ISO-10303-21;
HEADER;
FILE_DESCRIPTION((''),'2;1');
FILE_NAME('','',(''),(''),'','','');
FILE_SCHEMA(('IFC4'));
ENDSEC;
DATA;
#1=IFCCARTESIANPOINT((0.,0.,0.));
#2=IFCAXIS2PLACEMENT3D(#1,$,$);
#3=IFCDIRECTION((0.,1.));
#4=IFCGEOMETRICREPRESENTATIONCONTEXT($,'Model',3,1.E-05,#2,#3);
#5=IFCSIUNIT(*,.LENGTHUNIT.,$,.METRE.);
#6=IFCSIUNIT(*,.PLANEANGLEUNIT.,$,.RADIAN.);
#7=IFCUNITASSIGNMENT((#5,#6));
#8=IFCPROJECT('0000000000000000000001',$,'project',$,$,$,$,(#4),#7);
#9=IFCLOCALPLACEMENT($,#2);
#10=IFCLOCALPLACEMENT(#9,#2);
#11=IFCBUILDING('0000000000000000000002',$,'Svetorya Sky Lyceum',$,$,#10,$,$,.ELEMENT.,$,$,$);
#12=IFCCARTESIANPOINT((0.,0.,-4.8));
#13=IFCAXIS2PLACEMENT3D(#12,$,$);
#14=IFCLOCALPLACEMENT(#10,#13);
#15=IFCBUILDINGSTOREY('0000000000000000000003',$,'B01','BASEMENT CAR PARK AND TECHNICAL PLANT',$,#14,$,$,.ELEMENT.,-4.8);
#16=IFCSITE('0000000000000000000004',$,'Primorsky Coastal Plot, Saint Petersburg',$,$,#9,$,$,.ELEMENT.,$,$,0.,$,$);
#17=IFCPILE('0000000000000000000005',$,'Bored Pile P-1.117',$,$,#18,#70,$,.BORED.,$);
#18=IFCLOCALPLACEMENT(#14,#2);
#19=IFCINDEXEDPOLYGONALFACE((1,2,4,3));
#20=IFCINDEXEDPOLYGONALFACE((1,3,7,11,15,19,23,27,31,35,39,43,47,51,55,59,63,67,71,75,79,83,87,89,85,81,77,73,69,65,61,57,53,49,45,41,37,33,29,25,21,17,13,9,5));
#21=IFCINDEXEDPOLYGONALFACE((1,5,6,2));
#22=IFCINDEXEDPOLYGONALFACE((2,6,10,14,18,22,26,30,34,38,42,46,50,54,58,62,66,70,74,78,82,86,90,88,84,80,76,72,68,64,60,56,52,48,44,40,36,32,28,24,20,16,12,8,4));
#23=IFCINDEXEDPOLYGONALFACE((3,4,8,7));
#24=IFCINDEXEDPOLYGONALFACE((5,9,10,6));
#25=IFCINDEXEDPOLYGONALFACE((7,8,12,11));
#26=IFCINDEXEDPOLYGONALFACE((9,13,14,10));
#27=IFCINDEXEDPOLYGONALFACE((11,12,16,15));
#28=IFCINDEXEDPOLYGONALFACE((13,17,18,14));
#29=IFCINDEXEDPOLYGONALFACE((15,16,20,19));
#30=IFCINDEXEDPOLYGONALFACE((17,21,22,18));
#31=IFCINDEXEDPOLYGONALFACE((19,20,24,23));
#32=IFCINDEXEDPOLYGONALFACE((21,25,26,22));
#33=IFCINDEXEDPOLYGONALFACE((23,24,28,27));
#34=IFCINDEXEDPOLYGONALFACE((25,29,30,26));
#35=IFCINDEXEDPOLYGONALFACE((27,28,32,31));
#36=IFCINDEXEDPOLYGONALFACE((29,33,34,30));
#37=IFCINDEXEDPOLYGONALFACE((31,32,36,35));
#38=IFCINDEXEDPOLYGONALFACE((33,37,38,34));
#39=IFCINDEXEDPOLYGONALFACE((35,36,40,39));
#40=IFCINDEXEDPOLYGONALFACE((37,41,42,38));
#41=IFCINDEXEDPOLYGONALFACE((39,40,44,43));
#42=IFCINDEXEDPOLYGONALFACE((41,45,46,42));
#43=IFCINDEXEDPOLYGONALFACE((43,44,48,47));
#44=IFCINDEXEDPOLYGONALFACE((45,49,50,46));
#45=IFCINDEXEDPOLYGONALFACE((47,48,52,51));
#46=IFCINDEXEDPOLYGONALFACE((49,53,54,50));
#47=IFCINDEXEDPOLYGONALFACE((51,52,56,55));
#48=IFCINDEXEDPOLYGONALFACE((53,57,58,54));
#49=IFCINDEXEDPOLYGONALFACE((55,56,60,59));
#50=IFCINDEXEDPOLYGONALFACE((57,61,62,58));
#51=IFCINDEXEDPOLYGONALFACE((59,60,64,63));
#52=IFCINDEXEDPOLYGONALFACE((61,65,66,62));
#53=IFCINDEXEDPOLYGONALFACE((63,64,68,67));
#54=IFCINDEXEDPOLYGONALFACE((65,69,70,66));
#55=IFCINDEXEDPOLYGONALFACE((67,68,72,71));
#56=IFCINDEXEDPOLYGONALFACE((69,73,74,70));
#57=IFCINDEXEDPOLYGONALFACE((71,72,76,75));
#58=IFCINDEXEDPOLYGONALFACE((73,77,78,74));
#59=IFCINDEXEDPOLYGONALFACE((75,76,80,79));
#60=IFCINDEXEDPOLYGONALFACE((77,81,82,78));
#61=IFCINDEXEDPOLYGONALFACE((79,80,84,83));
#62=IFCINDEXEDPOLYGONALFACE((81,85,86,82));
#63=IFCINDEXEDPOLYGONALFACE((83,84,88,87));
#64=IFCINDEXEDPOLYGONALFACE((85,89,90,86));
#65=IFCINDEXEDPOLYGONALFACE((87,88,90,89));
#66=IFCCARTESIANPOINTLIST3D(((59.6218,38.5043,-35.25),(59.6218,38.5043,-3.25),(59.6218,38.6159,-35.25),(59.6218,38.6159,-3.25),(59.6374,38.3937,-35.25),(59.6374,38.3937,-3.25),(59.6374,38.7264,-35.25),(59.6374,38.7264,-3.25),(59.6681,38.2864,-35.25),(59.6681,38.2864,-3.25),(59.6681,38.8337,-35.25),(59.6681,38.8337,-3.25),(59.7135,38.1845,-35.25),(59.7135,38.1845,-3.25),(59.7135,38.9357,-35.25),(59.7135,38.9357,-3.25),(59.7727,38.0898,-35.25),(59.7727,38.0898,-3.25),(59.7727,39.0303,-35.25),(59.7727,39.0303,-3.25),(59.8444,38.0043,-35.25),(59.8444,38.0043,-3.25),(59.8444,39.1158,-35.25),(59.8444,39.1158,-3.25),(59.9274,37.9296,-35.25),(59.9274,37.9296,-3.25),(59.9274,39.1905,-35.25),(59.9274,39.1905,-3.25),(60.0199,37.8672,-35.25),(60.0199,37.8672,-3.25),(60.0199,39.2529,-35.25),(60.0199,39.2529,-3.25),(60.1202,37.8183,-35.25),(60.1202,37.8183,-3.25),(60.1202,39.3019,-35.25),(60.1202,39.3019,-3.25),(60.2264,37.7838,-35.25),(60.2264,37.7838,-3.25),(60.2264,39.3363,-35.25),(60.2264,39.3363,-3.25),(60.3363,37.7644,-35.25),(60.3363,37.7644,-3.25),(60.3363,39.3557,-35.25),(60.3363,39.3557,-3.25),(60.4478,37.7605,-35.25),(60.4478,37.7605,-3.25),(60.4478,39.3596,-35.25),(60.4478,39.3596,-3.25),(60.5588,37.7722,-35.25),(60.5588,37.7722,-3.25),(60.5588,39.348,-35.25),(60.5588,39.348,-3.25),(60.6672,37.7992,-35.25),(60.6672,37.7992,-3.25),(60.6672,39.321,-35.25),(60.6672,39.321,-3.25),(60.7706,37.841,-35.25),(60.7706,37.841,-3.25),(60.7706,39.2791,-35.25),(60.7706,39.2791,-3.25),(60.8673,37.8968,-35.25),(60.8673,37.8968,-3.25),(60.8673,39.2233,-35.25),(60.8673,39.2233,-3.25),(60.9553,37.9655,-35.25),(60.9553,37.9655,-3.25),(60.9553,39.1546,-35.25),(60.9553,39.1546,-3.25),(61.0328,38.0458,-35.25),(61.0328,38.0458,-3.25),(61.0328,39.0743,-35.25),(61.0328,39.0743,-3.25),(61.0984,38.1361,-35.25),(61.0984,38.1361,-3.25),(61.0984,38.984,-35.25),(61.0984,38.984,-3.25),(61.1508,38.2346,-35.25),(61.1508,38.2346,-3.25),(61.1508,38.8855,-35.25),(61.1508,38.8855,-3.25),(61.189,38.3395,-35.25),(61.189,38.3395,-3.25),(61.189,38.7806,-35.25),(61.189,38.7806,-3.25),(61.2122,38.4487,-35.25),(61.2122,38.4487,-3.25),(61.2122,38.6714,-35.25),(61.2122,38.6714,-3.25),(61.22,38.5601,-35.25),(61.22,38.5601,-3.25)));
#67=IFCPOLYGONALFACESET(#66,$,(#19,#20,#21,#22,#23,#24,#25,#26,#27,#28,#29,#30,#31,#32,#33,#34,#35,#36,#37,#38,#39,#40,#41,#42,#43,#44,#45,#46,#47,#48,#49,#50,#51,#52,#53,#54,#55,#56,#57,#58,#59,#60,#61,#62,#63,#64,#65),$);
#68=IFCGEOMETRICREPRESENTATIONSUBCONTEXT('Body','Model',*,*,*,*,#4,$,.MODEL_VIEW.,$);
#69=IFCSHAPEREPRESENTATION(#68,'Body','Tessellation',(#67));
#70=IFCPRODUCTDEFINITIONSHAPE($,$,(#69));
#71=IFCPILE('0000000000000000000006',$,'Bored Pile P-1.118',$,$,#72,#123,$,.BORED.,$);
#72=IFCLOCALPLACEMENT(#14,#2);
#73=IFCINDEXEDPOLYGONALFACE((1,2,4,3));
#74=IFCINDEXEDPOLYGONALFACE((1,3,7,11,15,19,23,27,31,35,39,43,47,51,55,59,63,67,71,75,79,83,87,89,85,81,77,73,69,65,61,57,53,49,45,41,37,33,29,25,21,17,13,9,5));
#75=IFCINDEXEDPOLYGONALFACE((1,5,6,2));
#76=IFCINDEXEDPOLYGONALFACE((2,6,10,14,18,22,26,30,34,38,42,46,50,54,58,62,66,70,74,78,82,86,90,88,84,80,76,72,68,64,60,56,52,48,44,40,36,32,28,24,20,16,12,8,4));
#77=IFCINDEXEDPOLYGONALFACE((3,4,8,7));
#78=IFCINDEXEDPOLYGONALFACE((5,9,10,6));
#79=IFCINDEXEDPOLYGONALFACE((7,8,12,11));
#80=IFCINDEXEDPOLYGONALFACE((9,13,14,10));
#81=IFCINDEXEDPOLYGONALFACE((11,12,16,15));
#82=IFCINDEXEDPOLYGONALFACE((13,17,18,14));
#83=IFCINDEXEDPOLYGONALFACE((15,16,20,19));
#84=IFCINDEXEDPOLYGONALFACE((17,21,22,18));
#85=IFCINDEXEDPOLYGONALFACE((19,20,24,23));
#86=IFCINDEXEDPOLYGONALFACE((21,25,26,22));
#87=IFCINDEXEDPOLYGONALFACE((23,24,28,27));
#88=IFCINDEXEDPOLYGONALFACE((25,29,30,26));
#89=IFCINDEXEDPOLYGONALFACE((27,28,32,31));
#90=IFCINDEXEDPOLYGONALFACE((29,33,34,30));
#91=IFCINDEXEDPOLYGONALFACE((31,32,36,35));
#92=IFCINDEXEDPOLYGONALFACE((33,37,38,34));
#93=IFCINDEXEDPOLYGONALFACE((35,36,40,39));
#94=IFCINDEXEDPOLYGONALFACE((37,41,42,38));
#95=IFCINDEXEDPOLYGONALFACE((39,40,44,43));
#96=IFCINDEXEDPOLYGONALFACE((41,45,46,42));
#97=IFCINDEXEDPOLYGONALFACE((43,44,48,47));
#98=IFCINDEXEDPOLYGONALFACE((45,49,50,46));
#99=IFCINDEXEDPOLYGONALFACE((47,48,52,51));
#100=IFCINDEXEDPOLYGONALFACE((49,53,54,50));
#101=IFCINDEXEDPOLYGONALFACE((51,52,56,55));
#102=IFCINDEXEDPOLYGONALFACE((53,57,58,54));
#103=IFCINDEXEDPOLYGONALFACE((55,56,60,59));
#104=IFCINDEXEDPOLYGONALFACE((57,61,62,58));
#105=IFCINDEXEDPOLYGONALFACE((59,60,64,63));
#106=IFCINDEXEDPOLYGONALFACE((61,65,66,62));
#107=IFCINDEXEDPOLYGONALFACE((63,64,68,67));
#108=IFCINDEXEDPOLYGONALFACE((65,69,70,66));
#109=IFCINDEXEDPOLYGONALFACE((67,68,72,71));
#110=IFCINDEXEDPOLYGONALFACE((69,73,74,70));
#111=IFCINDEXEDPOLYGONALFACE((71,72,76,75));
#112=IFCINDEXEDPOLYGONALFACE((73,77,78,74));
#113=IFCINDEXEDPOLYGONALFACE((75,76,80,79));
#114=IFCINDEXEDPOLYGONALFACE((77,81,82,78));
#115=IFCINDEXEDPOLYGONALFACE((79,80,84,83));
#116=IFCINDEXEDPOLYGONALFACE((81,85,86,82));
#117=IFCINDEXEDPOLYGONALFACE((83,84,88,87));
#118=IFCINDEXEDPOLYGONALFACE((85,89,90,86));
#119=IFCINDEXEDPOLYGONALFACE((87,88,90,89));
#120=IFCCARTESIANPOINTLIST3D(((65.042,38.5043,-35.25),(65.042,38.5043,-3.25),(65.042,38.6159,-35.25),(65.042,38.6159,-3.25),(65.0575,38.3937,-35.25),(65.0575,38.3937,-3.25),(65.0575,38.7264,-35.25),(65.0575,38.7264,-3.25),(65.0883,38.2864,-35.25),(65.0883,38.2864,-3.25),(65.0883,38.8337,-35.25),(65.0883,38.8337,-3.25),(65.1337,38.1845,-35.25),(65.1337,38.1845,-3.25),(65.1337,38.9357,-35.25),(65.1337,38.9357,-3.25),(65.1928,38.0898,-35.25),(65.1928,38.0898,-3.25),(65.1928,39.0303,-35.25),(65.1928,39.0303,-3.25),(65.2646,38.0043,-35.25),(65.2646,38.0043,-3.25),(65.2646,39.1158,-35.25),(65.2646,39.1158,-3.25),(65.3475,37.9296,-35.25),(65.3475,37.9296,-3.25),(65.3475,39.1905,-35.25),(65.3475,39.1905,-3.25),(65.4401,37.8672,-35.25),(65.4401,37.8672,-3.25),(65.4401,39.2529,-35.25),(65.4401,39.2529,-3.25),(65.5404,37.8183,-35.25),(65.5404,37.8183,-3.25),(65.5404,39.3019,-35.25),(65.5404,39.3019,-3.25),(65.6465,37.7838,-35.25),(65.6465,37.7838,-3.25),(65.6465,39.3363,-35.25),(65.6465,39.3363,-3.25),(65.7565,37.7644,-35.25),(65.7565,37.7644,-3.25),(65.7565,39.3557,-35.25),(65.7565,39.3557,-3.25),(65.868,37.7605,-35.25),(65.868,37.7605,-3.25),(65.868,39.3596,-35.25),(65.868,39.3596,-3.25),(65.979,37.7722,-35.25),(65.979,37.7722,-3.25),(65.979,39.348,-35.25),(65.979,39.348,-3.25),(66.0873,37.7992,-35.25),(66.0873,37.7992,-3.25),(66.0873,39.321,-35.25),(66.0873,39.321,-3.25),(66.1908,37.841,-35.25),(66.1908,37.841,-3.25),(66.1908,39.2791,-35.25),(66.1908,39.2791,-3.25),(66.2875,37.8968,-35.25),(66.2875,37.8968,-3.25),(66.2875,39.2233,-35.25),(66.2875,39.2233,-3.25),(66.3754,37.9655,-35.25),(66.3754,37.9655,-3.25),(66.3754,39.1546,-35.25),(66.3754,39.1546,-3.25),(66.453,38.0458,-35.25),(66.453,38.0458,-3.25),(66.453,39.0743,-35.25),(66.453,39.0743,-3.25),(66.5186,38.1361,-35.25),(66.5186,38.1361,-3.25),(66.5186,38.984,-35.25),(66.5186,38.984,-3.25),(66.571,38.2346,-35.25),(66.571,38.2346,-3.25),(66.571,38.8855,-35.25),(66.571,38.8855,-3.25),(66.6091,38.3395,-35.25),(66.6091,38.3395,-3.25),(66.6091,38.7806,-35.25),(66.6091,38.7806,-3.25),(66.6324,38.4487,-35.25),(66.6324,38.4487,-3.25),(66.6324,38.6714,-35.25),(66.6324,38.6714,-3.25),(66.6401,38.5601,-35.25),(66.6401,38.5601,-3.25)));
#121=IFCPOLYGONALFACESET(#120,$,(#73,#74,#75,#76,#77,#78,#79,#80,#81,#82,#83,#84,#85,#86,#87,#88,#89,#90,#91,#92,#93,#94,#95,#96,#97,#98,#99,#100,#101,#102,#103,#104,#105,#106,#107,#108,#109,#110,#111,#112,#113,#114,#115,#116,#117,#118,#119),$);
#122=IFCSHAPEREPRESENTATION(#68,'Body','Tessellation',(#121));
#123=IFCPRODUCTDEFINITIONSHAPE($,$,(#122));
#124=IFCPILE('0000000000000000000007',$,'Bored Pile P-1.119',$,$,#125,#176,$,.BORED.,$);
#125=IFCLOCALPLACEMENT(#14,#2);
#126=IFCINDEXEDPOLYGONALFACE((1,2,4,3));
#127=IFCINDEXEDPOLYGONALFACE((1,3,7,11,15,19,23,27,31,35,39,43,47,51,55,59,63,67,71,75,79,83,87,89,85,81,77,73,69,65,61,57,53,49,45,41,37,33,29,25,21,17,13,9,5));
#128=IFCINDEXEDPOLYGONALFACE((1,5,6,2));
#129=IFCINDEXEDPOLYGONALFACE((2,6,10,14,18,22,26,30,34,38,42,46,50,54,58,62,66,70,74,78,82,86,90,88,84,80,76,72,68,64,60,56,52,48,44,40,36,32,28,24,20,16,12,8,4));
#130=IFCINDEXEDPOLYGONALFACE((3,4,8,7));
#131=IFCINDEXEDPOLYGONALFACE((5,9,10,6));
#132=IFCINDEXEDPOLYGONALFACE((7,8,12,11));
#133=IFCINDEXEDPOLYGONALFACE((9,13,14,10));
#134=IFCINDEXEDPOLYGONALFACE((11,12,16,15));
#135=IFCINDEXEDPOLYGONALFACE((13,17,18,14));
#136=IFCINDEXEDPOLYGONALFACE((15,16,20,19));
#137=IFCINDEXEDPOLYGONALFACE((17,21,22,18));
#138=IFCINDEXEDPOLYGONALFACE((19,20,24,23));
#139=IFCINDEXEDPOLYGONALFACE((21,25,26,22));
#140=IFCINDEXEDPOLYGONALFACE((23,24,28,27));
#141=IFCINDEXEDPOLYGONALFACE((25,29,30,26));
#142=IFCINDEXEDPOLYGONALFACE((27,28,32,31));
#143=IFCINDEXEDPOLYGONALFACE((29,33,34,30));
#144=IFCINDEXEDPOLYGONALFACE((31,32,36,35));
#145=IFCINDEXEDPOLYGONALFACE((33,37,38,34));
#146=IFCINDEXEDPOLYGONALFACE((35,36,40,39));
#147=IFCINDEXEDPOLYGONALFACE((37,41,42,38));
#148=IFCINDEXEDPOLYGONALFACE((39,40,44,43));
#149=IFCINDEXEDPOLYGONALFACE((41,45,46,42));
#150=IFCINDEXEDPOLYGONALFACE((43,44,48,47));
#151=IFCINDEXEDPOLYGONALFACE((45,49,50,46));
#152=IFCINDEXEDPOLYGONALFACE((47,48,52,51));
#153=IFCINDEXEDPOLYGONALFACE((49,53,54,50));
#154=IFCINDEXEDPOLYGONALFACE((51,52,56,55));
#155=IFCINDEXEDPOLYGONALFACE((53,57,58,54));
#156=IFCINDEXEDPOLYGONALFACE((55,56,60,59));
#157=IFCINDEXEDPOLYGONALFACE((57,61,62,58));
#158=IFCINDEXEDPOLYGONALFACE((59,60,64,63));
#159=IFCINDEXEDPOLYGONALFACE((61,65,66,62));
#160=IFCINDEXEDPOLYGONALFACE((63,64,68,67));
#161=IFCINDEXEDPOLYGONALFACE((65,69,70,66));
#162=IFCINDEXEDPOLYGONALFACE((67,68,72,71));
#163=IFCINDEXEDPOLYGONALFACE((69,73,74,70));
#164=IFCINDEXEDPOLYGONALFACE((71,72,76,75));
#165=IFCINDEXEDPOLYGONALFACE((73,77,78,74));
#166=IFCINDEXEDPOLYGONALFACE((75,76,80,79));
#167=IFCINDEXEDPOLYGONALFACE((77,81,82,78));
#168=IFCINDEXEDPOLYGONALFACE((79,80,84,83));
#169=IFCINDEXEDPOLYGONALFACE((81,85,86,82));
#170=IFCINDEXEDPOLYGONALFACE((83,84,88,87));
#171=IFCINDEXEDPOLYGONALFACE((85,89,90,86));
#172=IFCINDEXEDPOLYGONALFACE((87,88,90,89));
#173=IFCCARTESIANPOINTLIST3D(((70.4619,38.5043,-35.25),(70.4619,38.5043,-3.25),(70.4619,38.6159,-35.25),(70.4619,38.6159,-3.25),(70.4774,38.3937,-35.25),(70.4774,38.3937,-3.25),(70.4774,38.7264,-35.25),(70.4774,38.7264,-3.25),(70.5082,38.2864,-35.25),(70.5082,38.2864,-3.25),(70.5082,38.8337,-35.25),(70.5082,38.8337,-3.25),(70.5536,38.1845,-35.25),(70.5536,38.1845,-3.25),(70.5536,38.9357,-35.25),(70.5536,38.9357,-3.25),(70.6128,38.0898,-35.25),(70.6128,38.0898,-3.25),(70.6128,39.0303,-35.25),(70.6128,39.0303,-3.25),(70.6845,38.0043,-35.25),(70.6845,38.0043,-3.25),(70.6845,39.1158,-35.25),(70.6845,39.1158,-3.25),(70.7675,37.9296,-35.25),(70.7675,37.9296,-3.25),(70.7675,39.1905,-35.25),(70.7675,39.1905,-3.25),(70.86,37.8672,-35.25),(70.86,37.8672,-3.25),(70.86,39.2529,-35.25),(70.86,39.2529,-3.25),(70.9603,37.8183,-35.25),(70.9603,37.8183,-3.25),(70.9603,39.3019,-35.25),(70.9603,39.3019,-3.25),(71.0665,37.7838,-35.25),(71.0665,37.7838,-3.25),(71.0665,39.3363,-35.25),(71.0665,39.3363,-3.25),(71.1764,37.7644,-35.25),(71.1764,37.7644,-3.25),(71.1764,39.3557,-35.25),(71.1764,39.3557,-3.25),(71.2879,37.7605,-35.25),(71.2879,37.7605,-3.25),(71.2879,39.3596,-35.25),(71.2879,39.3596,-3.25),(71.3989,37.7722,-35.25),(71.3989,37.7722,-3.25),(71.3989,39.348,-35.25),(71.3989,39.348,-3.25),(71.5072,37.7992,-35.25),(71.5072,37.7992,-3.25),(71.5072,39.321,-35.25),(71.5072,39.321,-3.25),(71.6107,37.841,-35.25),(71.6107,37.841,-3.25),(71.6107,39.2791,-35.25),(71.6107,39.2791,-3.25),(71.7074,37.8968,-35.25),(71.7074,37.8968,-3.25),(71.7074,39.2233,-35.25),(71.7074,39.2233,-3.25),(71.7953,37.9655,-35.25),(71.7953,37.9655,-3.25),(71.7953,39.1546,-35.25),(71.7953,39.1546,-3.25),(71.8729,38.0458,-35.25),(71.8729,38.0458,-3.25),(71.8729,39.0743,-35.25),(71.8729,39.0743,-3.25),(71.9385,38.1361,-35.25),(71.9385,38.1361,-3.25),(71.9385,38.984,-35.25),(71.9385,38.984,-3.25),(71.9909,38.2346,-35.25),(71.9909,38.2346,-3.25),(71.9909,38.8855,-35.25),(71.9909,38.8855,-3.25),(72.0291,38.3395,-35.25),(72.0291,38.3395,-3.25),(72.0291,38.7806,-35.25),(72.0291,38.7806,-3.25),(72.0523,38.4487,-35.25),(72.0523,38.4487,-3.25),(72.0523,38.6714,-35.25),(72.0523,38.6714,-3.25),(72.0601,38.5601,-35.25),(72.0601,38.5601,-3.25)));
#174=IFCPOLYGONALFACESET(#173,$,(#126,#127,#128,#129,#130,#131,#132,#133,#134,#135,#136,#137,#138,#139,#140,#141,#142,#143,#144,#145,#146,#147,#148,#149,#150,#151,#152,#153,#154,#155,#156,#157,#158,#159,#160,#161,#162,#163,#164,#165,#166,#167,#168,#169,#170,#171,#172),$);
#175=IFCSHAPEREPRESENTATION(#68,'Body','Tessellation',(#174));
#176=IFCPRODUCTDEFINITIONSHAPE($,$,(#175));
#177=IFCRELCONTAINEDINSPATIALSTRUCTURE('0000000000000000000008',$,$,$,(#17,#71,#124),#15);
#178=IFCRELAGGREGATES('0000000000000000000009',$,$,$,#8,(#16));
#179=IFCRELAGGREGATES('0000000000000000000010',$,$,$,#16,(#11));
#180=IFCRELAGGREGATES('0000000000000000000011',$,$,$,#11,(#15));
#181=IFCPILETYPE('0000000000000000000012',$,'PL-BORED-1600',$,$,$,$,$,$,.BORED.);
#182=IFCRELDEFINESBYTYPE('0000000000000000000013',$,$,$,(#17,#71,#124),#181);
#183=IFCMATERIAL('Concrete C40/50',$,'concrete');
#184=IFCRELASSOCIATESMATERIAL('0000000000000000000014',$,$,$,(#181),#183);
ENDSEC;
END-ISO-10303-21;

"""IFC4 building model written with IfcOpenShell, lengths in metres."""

from ifc_helpers import new_model, si_unit, direction, frame, origin, origin_2d, place, context, subcontext, project, spatial, circle, extrude, material, material_profile, profile_set, type_object, element, save


model = new_model("IFC4")

# Units and contexts
model_context = context("Model", 3, precision=1e-05, world=origin(), true_north=direction((0.0, 1.0)))
body_context = subcontext(model_context, "Body", "Model", "MODEL_VIEW")
ifc_project = project(units=[si_unit("LENGTHUNIT", "METRE"), si_unit("PLANEANGLEUNIT", "RADIAN")], contexts=[model_context])

# Site, building, storey
site_placement = place(None, origin())
site = spatial("IfcSite", under=ifc_project, at=site_placement, Name="Primorsky Coastal Plot, Saint Petersburg", CompositionType="ELEMENT", RefElevation=0.0)
building_placement = place(site_placement, origin())
building = spatial("IfcBuilding", under=site, at=building_placement, Name="Svetorya Sky Lyceum", CompositionType="ELEMENT")
storey_placement = place(building_placement, frame((0.0, 0.0, -4.8)))
storey = spatial("IfcBuildingStorey", under=building, at=storey_placement, Name="B01", Description="BASEMENT CAR PARK AND TECHNICAL PLANT", CompositionType="ELEMENT", Elevation=-4.8)

# Piles
ifc_material_1 = material(Name="Concrete C40/50", Category="concrete")
ifc_material_profile_1 = material_profile(ifc_material_1, circle(Radius=0.8, at=origin_2d()), Name="RC PILE D1600")
ifc_profile_set_1 = profile_set([ifc_material_profile_1], Name="Concrete C40/50")
pile_type = type_object("IfcPileType", Name="PL-BORED-1600", PredefinedType="BORED", material=ifc_profile_set_1)
for number, where, z_axis, x_axis, name in (
    (1, (60.4199, 38.5601, -3.25), (0.0, 0.0, -1.0), (1.0, 0.0, 0.0), "Bored Pile P-1.117"),
    (2, (65.8401, 38.5601, -3.25), (0.0, 0.0, -1.0), (1.0, 0.0, 0.0), "Bored Pile P-1.118"),
    (3, (71.26, 38.5601, -3.25), (0.0, 0.0, -1.0), (1.0, 0.0, 0.0), "Bored Pile P-1.119"),
):
    element("IfcPile", number, at=place(storey_placement, frame(where, z_axis=z_axis, x_axis=x_axis)), inside=storey, type_object=pile_type, Name=name, PredefinedType="BORED", context=body_context, shape_type="SweptSolid", body=[
        extrude(circle(Radius=0.8, at=origin_2d()), origin(), (0.0, 0.0, 1.0), 32.0),
    ])

save(model, "model.ifc")
